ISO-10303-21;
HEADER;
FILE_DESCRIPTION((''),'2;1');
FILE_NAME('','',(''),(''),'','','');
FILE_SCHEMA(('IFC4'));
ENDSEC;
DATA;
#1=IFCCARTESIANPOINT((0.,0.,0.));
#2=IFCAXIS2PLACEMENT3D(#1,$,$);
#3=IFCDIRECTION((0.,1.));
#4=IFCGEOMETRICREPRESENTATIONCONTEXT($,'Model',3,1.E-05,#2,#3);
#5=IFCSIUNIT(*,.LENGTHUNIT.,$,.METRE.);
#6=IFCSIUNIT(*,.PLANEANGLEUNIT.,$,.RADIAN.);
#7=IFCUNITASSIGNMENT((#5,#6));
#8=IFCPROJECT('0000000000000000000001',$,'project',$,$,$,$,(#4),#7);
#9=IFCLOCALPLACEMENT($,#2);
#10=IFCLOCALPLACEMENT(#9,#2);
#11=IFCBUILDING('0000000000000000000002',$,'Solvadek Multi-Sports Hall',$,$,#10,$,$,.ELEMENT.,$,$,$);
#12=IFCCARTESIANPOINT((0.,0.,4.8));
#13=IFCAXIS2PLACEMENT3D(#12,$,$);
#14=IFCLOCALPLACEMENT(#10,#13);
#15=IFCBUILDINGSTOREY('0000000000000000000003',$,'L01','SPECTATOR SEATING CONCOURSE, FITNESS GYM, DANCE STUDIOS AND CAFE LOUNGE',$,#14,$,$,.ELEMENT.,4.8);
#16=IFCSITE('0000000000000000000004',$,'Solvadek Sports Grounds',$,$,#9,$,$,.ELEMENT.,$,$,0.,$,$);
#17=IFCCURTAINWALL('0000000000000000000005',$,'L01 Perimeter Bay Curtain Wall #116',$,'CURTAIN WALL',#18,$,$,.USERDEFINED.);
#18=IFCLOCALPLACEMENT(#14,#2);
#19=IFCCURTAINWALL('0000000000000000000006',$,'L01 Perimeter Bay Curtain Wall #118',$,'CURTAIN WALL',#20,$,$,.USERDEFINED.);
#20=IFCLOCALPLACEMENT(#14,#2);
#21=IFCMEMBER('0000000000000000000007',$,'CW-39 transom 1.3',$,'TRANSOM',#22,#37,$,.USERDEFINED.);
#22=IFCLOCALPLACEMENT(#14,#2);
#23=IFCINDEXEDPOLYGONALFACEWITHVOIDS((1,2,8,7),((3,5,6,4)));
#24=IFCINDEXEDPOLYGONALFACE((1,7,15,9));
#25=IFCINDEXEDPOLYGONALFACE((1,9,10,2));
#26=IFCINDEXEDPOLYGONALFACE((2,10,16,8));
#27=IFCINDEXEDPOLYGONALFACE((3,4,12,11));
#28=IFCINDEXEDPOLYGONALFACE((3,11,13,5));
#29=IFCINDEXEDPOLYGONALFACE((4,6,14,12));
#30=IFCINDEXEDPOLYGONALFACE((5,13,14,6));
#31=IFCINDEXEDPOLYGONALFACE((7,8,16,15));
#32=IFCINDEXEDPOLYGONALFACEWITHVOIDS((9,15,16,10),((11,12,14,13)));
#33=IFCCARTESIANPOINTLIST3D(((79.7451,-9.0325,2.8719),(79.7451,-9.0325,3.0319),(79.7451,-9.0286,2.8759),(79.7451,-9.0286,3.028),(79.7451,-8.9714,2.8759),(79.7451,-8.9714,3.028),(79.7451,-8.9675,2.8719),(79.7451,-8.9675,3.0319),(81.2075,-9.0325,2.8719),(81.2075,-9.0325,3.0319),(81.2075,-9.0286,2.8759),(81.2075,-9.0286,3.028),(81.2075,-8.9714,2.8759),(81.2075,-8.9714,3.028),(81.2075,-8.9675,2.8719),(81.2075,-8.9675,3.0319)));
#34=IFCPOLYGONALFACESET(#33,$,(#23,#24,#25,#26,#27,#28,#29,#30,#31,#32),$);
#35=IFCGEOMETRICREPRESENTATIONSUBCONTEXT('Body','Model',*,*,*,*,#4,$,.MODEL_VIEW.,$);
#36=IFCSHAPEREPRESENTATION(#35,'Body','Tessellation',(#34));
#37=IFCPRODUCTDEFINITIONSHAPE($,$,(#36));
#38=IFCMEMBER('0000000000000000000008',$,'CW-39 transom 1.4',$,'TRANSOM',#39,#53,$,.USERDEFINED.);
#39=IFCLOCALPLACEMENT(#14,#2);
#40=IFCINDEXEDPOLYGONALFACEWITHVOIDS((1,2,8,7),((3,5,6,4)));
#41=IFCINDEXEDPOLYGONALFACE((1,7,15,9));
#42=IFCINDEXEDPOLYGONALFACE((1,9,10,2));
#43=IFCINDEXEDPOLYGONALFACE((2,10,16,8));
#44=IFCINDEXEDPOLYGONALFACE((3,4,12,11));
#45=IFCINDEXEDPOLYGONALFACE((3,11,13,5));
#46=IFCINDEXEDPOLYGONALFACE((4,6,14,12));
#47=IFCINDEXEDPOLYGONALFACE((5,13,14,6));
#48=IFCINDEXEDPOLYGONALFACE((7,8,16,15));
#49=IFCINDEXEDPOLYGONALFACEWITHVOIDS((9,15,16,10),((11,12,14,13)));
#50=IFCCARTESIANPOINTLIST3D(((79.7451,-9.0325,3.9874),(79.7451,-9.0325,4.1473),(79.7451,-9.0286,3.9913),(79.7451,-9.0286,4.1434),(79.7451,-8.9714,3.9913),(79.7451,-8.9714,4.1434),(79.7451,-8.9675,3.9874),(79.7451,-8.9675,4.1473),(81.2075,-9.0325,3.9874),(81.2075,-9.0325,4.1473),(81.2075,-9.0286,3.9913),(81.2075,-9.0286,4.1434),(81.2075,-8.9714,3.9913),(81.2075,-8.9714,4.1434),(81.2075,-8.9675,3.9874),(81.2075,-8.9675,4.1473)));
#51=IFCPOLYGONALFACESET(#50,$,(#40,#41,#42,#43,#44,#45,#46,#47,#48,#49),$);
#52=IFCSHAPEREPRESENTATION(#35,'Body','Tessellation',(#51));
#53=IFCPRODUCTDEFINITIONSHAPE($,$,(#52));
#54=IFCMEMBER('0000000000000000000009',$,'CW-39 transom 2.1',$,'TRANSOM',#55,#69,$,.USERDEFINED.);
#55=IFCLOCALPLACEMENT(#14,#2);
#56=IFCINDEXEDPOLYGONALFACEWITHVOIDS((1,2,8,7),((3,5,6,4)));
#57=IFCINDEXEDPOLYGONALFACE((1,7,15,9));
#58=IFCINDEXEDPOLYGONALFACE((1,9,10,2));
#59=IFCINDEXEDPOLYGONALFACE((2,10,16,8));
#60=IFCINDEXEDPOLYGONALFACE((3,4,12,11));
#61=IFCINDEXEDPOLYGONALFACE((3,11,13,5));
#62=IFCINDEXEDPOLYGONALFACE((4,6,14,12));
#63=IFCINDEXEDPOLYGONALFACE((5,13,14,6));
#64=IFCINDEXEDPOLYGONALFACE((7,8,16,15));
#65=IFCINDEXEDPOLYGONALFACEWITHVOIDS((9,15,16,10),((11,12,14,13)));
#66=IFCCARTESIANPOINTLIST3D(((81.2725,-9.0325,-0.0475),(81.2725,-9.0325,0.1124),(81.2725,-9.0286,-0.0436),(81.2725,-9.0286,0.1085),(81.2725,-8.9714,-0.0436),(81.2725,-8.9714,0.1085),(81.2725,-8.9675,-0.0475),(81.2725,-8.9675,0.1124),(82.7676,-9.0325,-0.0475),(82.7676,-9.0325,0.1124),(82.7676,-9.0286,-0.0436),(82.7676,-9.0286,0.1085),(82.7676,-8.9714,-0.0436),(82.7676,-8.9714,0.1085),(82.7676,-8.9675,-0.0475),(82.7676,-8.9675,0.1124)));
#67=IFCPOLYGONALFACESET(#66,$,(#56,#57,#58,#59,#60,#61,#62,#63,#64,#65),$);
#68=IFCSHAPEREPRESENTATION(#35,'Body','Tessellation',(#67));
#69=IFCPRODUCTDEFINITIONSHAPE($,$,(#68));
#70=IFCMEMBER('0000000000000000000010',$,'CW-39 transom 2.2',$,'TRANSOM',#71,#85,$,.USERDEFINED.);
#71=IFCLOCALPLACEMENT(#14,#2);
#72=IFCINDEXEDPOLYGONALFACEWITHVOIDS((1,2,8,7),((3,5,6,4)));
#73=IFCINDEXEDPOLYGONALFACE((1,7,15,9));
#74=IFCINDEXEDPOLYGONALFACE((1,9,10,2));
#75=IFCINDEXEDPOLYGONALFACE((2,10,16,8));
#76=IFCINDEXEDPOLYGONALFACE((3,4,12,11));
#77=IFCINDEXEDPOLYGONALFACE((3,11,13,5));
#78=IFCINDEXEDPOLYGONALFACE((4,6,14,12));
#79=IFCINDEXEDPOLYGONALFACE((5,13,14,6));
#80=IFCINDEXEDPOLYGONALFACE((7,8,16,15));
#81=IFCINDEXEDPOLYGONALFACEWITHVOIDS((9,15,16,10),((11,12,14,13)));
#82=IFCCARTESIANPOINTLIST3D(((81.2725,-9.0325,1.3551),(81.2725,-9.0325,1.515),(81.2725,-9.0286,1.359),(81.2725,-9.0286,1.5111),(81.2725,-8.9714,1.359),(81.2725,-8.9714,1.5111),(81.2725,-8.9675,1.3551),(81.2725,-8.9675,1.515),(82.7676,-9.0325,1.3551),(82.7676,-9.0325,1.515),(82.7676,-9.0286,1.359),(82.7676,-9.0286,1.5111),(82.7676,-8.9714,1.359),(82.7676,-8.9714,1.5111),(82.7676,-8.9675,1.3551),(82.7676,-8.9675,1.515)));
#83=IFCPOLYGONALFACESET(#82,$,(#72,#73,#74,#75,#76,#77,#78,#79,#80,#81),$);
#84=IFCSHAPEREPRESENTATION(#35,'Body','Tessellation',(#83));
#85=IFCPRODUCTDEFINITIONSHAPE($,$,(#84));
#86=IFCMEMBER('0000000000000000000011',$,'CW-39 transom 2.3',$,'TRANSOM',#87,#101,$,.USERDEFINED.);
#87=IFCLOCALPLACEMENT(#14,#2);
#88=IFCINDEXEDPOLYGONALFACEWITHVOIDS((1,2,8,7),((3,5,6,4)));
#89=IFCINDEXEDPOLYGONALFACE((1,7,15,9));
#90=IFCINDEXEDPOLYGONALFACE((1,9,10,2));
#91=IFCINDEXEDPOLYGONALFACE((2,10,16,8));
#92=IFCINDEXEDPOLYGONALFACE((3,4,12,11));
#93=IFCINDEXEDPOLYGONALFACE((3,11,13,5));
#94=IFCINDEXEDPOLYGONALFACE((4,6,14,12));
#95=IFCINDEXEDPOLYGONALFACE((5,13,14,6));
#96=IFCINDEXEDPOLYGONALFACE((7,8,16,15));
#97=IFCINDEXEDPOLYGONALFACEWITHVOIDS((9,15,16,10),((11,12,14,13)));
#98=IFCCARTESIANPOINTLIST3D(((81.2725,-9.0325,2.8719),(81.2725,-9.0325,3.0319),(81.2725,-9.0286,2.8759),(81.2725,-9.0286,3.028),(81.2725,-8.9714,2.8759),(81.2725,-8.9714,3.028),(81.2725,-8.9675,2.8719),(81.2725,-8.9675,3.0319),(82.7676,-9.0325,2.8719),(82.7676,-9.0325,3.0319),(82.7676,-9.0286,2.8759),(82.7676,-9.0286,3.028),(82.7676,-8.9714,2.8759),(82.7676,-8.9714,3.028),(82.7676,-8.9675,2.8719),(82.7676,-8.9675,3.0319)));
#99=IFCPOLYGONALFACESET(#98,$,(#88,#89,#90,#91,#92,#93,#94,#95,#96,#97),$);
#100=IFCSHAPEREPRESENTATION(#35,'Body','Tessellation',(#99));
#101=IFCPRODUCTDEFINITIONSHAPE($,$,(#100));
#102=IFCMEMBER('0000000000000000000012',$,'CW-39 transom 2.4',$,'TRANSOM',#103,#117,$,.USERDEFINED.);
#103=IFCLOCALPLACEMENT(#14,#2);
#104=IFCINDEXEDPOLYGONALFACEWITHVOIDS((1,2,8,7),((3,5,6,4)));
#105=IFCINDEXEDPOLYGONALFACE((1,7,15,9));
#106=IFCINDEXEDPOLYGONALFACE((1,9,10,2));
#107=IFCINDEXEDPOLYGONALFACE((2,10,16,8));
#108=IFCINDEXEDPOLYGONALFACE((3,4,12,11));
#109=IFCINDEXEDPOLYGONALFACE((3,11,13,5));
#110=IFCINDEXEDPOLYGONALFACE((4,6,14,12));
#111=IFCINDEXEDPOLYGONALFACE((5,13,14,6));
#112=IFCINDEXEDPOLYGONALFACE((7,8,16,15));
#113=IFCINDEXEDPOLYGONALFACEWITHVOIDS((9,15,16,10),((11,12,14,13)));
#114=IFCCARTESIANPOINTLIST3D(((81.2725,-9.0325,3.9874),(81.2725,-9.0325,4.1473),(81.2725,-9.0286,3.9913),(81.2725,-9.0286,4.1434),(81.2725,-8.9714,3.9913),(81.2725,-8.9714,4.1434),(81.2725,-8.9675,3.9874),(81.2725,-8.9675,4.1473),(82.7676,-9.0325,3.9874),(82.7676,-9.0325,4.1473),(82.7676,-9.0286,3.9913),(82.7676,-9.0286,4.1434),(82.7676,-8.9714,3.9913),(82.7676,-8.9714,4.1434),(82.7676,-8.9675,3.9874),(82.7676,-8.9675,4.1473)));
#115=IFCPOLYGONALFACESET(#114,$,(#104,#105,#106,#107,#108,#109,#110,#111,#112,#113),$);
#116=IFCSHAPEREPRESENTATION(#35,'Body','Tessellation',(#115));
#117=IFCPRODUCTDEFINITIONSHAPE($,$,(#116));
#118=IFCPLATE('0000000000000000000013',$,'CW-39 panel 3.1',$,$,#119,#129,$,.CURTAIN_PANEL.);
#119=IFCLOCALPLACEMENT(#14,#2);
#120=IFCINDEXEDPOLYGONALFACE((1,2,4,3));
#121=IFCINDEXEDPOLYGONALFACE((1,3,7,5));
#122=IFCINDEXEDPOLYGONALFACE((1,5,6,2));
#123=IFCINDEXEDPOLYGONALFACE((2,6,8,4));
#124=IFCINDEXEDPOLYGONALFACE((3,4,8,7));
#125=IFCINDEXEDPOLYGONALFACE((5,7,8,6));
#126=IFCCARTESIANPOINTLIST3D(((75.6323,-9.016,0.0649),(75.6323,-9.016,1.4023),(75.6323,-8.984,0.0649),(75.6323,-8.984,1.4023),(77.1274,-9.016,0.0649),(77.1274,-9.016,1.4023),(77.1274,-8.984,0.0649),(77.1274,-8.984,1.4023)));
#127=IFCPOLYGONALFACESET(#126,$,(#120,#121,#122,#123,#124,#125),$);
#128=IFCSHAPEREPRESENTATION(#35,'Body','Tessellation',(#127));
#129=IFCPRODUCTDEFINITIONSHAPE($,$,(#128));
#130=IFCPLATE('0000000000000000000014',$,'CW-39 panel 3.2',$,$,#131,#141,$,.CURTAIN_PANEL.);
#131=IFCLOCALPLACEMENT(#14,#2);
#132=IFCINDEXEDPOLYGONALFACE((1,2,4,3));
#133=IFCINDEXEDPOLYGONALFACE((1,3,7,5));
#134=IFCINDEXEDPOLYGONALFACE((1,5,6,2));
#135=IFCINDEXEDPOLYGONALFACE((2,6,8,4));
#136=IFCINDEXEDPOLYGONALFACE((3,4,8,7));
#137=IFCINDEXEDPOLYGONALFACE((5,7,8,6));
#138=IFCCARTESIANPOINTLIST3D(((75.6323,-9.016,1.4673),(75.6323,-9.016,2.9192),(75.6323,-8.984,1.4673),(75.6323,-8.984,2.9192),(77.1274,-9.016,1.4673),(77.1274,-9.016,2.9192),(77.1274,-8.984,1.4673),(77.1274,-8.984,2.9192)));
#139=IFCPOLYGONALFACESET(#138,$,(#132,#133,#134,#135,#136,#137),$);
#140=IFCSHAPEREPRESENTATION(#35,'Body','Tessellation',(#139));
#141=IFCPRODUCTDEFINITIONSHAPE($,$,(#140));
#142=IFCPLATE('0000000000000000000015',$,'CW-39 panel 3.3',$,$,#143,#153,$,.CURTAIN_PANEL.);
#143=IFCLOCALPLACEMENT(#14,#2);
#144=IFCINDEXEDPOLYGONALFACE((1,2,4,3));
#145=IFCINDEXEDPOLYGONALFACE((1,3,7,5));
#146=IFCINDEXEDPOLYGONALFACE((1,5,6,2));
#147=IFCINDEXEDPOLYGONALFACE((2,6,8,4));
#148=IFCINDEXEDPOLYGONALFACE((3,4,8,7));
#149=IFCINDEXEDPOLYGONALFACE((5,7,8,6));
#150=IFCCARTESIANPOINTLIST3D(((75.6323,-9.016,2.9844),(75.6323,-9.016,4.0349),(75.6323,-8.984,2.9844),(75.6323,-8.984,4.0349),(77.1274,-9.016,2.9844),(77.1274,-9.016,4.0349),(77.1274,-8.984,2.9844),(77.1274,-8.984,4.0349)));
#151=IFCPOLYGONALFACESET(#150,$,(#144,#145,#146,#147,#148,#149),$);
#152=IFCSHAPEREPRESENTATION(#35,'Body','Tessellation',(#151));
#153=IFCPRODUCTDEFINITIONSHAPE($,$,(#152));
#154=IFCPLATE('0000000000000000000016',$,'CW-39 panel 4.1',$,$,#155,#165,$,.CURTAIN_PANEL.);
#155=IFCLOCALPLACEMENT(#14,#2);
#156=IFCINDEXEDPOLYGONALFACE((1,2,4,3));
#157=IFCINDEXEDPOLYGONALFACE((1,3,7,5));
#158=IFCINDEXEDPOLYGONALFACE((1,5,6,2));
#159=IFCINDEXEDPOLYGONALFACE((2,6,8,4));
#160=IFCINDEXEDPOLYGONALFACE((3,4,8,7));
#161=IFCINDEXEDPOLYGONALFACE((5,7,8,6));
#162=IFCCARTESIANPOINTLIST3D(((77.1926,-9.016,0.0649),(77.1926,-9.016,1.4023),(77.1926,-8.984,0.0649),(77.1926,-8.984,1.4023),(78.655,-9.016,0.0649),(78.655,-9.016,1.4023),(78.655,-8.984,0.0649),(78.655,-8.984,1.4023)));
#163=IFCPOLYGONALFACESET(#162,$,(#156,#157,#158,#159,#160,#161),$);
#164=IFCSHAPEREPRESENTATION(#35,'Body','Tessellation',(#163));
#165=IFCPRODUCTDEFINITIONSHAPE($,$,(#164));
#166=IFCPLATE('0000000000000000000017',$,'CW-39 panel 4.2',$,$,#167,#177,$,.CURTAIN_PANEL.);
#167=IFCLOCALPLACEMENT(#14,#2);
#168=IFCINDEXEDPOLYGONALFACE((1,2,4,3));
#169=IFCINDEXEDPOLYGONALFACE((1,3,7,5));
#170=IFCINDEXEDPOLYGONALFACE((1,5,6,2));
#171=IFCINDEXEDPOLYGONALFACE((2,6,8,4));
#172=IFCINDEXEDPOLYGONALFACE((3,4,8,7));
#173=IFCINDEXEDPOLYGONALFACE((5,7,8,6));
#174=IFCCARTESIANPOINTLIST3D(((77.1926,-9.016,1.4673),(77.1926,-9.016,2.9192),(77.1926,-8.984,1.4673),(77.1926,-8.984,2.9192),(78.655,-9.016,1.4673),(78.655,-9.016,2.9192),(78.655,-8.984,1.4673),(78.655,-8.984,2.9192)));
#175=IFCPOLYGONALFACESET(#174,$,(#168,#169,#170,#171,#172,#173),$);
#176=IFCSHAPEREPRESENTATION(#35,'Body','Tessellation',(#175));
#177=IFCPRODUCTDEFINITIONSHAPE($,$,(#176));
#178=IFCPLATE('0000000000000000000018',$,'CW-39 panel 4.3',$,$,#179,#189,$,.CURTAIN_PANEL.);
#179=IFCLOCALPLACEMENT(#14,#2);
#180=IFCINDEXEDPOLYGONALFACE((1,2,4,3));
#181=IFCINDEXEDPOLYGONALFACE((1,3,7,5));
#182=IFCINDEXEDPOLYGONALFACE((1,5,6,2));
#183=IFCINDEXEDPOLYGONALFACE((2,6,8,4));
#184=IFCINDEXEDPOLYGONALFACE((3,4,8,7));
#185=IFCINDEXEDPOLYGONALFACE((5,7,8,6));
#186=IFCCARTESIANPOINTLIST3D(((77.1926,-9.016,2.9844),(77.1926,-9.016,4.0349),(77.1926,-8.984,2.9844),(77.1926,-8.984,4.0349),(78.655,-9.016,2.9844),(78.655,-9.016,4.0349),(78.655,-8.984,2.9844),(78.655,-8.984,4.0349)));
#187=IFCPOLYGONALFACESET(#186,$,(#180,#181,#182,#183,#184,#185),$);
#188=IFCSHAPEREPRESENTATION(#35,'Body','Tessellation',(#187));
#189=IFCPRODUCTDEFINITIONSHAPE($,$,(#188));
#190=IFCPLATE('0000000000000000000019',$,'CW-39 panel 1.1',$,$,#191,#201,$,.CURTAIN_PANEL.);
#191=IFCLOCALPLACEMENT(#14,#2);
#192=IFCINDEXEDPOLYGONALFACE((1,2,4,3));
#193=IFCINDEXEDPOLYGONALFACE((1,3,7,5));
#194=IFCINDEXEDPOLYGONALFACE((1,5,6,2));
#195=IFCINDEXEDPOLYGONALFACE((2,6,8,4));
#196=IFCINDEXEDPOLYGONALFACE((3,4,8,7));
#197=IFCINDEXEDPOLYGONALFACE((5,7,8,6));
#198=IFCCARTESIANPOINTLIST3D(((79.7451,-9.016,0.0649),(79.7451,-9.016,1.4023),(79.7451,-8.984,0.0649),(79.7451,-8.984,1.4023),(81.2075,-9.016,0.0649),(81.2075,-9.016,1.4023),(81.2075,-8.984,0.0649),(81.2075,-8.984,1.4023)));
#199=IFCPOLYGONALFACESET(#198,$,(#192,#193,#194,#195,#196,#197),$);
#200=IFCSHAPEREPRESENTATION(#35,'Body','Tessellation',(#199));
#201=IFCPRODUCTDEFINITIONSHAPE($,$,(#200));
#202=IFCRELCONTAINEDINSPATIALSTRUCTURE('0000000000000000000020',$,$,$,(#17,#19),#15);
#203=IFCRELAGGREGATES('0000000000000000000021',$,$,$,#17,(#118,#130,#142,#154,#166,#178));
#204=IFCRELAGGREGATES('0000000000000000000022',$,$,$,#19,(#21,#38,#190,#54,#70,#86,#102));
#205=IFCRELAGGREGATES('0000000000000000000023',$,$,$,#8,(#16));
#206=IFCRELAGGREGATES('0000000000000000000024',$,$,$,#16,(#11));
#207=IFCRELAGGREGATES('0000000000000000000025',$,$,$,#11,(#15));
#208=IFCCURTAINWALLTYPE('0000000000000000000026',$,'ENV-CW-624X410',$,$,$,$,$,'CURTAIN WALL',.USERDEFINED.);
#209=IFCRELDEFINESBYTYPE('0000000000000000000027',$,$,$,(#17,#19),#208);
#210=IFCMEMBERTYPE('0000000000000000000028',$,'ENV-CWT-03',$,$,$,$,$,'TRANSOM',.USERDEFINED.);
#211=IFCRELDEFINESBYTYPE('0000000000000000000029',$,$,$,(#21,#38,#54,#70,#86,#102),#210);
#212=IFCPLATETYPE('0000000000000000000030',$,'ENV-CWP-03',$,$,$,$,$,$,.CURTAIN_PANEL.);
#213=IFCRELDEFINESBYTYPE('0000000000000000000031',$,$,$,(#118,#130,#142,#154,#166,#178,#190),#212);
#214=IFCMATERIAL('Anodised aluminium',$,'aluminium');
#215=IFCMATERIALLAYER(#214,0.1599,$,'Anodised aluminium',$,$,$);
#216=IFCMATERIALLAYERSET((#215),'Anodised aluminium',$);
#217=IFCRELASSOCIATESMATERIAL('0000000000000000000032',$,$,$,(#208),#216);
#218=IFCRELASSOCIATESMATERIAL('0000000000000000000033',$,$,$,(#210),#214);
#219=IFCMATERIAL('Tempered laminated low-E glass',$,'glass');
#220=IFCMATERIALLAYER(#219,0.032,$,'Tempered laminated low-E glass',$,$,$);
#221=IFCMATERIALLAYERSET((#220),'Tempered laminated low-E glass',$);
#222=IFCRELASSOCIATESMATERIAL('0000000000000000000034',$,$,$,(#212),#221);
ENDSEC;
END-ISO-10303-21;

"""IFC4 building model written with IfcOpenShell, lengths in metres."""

from ifc_helpers import new_model, si_unit, direction, frame, origin, origin_2d, place, context, subcontext, project, spatial, rectangle, hollow_rectangle, extrude, material, layer, layer_set, material_profile, profile_set, type_object, element, aggregate, save


model = new_model("IFC4")

# Units and contexts
model_context = context("Model", 3, precision=1e-05, world=origin(), true_north=direction((0.0, 1.0)))
body_context = subcontext(model_context, "Body", "Model", "MODEL_VIEW")
ifc_project = project(units=[si_unit("LENGTHUNIT", "METRE"), si_unit("PLANEANGLEUNIT", "RADIAN")], contexts=[model_context])

# Site, building, storey
site_placement = place(None, origin())
site = spatial("IfcSite", under=ifc_project, at=site_placement, Name="Solvadek Sports Grounds", CompositionType="ELEMENT", RefElevation=0.0)
building_placement = place(site_placement, origin())
building = spatial("IfcBuilding", under=site, at=building_placement, Name="Solvadek Multi-Sports Hall", CompositionType="ELEMENT")
storey_placement = place(building_placement, frame((0.0, 0.0, 4.8)))
storey = spatial("IfcBuildingStorey", under=building, at=storey_placement, Name="L01", Description="SPECTATOR SEATING CONCOURSE, FITNESS GYM, DANCE STUDIOS AND CAFE LOUNGE", CompositionType="ELEMENT", Elevation=4.8)

# Curtain walls
ifc_material_1 = material(Name="Anodised aluminium", Category="aluminium")
ifc_layer_1 = layer(ifc_material_1, 0.1599, Name="Anodised aluminium")
ifc_layer_set_1 = layer_set([ifc_layer_1], Name="Anodised aluminium")
curtain_wall_type = type_object("IfcCurtainWallType", Name="ENV-CW-624X410", ElementType="CURTAIN WALL", PredefinedType="USERDEFINED", material=ifc_layer_set_1)
curtain_wall_1_placement = place(storey_placement, origin())
curtain_wall_1 = element("IfcCurtainWall", 1, at=curtain_wall_1_placement, inside=storey, type_object=curtain_wall_type, Name="L01 Perimeter Bay Curtain Wall #116", ObjectType="CURTAIN WALL", PredefinedType="USERDEFINED")
curtain_wall_2_placement = place(storey_placement, origin())
curtain_wall_2 = element("IfcCurtainWall", 2, at=curtain_wall_2_placement, inside=storey, type_object=curtain_wall_type, Name="L01 Perimeter Bay Curtain Wall #118", ObjectType="CURTAIN WALL", PredefinedType="USERDEFINED")

# Members
ifc_material_profile_1 = material_profile(ifc_material_1, hollow_rectangle(XDim=0.0649, YDim=0.1599, WallThickness=0.0039, at=origin_2d()), Name="ALU-T 160x65x4")
ifc_profile_set_1 = profile_set([ifc_material_profile_1], Name="Anodised aluminium")
member_type_1 = type_object("IfcMemberType", Name="ENV-CWT-03", ElementType="TRANSOM", PredefinedType="USERDEFINED", material=ifc_profile_set_1)
member_1_placement = place(storey_placement, frame((79.7451, -9.0, 2.9519), z_axis=(1.0, 0.0, 0.0), x_axis=(0.0, 1.0, 0.0)))
member_1 = element("IfcMember", 3, at=member_1_placement, type_object=member_type_1, Name="CW-39 transom 1.3", ObjectType="TRANSOM", PredefinedType="USERDEFINED", context=body_context, shape_type="SweptSolid", body=[
    extrude(hollow_rectangle(XDim=0.0649, YDim=0.1599, WallThickness=0.0039, at=origin_2d()), origin(), (0.0, 0.0, 1.0), 1.4624),
])
member_2_placement = place(storey_placement, frame((79.7451, -9.0, 4.0674), z_axis=(1.0, 0.0, 0.0), x_axis=(0.0, 1.0, 0.0)))
member_2 = element("IfcMember", 4, at=member_2_placement, type_object=member_type_1, Name="CW-39 transom 1.4", ObjectType="TRANSOM", PredefinedType="USERDEFINED", context=body_context, shape_type="SweptSolid", body=[
    extrude(hollow_rectangle(XDim=0.0649, YDim=0.1599, WallThickness=0.0039, at=origin_2d()), origin(), (0.0, 0.0, 1.0), 1.4624),
])
member_3_placement = place(storey_placement, frame((81.2725, -9.0, 0.0325), z_axis=(1.0, 0.0, 0.0), x_axis=(0.0, 1.0, 0.0)))
member_3 = element("IfcMember", 5, at=member_3_placement, type_object=member_type_1, Name="CW-39 transom 2.1", ObjectType="TRANSOM", PredefinedType="USERDEFINED", context=body_context, shape_type="SweptSolid", body=[
    extrude(hollow_rectangle(XDim=0.0649, YDim=0.1599, WallThickness=0.0039, at=origin_2d()), origin(), (0.0, 0.0, 1.0), 1.4951),
])
member_4_placement = place(storey_placement, frame((81.2725, -9.0, 1.4351), z_axis=(1.0, 0.0, 0.0), x_axis=(0.0, 1.0, 0.0)))
member_4 = element("IfcMember", 6, at=member_4_placement, type_object=member_type_1, Name="CW-39 transom 2.2", ObjectType="TRANSOM", PredefinedType="USERDEFINED", context=body_context, shape_type="SweptSolid", body=[
    extrude(hollow_rectangle(XDim=0.0649, YDim=0.1599, WallThickness=0.0039, at=origin_2d()), origin(), (0.0, 0.0, 1.0), 1.4951),
])
member_5_placement = place(storey_placement, frame((81.2725, -9.0, 2.9519), z_axis=(1.0, 0.0, 0.0), x_axis=(0.0, 1.0, 0.0)))
member_5 = element("IfcMember", 7, at=member_5_placement, type_object=member_type_1, Name="CW-39 transom 2.3", ObjectType="TRANSOM", PredefinedType="USERDEFINED", context=body_context, shape_type="SweptSolid", body=[
    extrude(hollow_rectangle(XDim=0.0649, YDim=0.1599, WallThickness=0.0039, at=origin_2d()), origin(), (0.0, 0.0, 1.0), 1.4951),
])
member_6_placement = place(storey_placement, frame((81.2725, -9.0, 4.0674), z_axis=(1.0, 0.0, 0.0), x_axis=(0.0, 1.0, 0.0)))
member_6 = element("IfcMember", 8, at=member_6_placement, type_object=member_type_1, Name="CW-39 transom 2.4", ObjectType="TRANSOM", PredefinedType="USERDEFINED", context=body_context, shape_type="SweptSolid", body=[
    extrude(hollow_rectangle(XDim=0.0649, YDim=0.1599, WallThickness=0.0039, at=origin_2d()), origin(), (0.0, 0.0, 1.0), 1.4951),
])

# Plates
ifc_material_2 = material(Name="Tempered laminated low-E glass", Category="glass")
ifc_layer_2 = layer(ifc_material_2, 0.032, Name="Tempered laminated low-E glass")
ifc_layer_set_2 = layer_set([ifc_layer_2], Name="Tempered laminated low-E glass")
plate_type = type_object("IfcPlateType", Name="ENV-CWP-03", PredefinedType="CURTAIN_PANEL", material=ifc_layer_set_2)
plate_1_placement = place(storey_placement, frame((76.3799, -9.0, 0.0649), z_axis=(0.0, 0.0, 1.0), x_axis=(1.0, 0.0, 0.0)))
plate_1 = element("IfcPlate", 9, at=plate_1_placement, type_object=plate_type, Name="CW-39 panel 3.1", PredefinedType="CURTAIN_PANEL", context=body_context, shape_type="SweptSolid", body=[
    extrude(rectangle(XDim=1.4951, YDim=0.032, at=origin_2d()), origin(), (0.0, 0.0, 1.0), 1.3374),
])
plate_2_placement = place(storey_placement, frame((76.3799, -9.0, 1.4673), z_axis=(0.0, 0.0, 1.0), x_axis=(1.0, 0.0, 0.0)))
plate_2 = element("IfcPlate", 10, at=plate_2_placement, type_object=plate_type, Name="CW-39 panel 3.2", PredefinedType="CURTAIN_PANEL", context=body_context, shape_type="SweptSolid", body=[
    extrude(rectangle(XDim=1.4951, YDim=0.032, at=origin_2d()), origin(), (0.0, 0.0, 1.0), 1.4519),
])
plate_3_placement = place(storey_placement, frame((76.3799, -9.0, 2.9844), z_axis=(0.0, 0.0, 1.0), x_axis=(1.0, 0.0, 0.0)))
plate_3 = element("IfcPlate", 11, at=plate_3_placement, type_object=plate_type, Name="CW-39 panel 3.3", PredefinedType="CURTAIN_PANEL", context=body_context, shape_type="SweptSolid", body=[
    extrude(rectangle(XDim=1.4951, YDim=0.032, at=origin_2d()), origin(), (0.0, 0.0, 1.0), 1.0505),
])
plate_4_placement = place(storey_placement, frame((77.9238, -9.0, 0.0649), z_axis=(0.0, 0.0, 1.0), x_axis=(1.0, 0.0, 0.0)))
plate_4 = element("IfcPlate", 12, at=plate_4_placement, type_object=plate_type, Name="CW-39 panel 4.1", PredefinedType="CURTAIN_PANEL", context=body_context, shape_type="SweptSolid", body=[
    extrude(rectangle(XDim=1.4624, YDim=0.032, at=origin_2d()), origin(), (0.0, 0.0, 1.0), 1.3374),
])
plate_5_placement = place(storey_placement, frame((77.9238, -9.0, 1.4673), z_axis=(0.0, 0.0, 1.0), x_axis=(1.0, 0.0, 0.0)))
plate_5 = element("IfcPlate", 13, at=plate_5_placement, type_object=plate_type, Name="CW-39 panel 4.2", PredefinedType="CURTAIN_PANEL", context=body_context, shape_type="SweptSolid", body=[
    extrude(rectangle(XDim=1.4624, YDim=0.032, at=origin_2d()), origin(), (0.0, 0.0, 1.0), 1.4519),
])
plate_6_placement = place(storey_placement, frame((77.9238, -9.0, 2.9844), z_axis=(0.0, 0.0, 1.0), x_axis=(1.0, 0.0, 0.0)))
plate_6 = element("IfcPlate", 14, at=plate_6_placement, type_object=plate_type, Name="CW-39 panel 4.3", PredefinedType="CURTAIN_PANEL", context=body_context, shape_type="SweptSolid", body=[
    extrude(rectangle(XDim=1.4624, YDim=0.032, at=origin_2d()), origin(), (0.0, 0.0, 1.0), 1.0505),
])
aggregate(curtain_wall_1, [plate_1, plate_2, plate_3, plate_4, plate_5, plate_6])
plate_7_placement = place(storey_placement, frame((80.4763, -9.0, 0.0649), z_axis=(0.0, 0.0, 1.0), x_axis=(1.0, 0.0, 0.0)))
plate_7 = element("IfcPlate", 15, at=plate_7_placement, type_object=plate_type, Name="CW-39 panel 1.1", PredefinedType="CURTAIN_PANEL", context=body_context, shape_type="SweptSolid", body=[
    extrude(rectangle(XDim=1.4624, YDim=0.032, at=origin_2d()), origin(), (0.0, 0.0, 1.0), 1.3374),
])
aggregate(curtain_wall_2, [member_1, member_2, plate_7, member_3, member_4, member_5, member_6])

save(model, "model.ifc")
